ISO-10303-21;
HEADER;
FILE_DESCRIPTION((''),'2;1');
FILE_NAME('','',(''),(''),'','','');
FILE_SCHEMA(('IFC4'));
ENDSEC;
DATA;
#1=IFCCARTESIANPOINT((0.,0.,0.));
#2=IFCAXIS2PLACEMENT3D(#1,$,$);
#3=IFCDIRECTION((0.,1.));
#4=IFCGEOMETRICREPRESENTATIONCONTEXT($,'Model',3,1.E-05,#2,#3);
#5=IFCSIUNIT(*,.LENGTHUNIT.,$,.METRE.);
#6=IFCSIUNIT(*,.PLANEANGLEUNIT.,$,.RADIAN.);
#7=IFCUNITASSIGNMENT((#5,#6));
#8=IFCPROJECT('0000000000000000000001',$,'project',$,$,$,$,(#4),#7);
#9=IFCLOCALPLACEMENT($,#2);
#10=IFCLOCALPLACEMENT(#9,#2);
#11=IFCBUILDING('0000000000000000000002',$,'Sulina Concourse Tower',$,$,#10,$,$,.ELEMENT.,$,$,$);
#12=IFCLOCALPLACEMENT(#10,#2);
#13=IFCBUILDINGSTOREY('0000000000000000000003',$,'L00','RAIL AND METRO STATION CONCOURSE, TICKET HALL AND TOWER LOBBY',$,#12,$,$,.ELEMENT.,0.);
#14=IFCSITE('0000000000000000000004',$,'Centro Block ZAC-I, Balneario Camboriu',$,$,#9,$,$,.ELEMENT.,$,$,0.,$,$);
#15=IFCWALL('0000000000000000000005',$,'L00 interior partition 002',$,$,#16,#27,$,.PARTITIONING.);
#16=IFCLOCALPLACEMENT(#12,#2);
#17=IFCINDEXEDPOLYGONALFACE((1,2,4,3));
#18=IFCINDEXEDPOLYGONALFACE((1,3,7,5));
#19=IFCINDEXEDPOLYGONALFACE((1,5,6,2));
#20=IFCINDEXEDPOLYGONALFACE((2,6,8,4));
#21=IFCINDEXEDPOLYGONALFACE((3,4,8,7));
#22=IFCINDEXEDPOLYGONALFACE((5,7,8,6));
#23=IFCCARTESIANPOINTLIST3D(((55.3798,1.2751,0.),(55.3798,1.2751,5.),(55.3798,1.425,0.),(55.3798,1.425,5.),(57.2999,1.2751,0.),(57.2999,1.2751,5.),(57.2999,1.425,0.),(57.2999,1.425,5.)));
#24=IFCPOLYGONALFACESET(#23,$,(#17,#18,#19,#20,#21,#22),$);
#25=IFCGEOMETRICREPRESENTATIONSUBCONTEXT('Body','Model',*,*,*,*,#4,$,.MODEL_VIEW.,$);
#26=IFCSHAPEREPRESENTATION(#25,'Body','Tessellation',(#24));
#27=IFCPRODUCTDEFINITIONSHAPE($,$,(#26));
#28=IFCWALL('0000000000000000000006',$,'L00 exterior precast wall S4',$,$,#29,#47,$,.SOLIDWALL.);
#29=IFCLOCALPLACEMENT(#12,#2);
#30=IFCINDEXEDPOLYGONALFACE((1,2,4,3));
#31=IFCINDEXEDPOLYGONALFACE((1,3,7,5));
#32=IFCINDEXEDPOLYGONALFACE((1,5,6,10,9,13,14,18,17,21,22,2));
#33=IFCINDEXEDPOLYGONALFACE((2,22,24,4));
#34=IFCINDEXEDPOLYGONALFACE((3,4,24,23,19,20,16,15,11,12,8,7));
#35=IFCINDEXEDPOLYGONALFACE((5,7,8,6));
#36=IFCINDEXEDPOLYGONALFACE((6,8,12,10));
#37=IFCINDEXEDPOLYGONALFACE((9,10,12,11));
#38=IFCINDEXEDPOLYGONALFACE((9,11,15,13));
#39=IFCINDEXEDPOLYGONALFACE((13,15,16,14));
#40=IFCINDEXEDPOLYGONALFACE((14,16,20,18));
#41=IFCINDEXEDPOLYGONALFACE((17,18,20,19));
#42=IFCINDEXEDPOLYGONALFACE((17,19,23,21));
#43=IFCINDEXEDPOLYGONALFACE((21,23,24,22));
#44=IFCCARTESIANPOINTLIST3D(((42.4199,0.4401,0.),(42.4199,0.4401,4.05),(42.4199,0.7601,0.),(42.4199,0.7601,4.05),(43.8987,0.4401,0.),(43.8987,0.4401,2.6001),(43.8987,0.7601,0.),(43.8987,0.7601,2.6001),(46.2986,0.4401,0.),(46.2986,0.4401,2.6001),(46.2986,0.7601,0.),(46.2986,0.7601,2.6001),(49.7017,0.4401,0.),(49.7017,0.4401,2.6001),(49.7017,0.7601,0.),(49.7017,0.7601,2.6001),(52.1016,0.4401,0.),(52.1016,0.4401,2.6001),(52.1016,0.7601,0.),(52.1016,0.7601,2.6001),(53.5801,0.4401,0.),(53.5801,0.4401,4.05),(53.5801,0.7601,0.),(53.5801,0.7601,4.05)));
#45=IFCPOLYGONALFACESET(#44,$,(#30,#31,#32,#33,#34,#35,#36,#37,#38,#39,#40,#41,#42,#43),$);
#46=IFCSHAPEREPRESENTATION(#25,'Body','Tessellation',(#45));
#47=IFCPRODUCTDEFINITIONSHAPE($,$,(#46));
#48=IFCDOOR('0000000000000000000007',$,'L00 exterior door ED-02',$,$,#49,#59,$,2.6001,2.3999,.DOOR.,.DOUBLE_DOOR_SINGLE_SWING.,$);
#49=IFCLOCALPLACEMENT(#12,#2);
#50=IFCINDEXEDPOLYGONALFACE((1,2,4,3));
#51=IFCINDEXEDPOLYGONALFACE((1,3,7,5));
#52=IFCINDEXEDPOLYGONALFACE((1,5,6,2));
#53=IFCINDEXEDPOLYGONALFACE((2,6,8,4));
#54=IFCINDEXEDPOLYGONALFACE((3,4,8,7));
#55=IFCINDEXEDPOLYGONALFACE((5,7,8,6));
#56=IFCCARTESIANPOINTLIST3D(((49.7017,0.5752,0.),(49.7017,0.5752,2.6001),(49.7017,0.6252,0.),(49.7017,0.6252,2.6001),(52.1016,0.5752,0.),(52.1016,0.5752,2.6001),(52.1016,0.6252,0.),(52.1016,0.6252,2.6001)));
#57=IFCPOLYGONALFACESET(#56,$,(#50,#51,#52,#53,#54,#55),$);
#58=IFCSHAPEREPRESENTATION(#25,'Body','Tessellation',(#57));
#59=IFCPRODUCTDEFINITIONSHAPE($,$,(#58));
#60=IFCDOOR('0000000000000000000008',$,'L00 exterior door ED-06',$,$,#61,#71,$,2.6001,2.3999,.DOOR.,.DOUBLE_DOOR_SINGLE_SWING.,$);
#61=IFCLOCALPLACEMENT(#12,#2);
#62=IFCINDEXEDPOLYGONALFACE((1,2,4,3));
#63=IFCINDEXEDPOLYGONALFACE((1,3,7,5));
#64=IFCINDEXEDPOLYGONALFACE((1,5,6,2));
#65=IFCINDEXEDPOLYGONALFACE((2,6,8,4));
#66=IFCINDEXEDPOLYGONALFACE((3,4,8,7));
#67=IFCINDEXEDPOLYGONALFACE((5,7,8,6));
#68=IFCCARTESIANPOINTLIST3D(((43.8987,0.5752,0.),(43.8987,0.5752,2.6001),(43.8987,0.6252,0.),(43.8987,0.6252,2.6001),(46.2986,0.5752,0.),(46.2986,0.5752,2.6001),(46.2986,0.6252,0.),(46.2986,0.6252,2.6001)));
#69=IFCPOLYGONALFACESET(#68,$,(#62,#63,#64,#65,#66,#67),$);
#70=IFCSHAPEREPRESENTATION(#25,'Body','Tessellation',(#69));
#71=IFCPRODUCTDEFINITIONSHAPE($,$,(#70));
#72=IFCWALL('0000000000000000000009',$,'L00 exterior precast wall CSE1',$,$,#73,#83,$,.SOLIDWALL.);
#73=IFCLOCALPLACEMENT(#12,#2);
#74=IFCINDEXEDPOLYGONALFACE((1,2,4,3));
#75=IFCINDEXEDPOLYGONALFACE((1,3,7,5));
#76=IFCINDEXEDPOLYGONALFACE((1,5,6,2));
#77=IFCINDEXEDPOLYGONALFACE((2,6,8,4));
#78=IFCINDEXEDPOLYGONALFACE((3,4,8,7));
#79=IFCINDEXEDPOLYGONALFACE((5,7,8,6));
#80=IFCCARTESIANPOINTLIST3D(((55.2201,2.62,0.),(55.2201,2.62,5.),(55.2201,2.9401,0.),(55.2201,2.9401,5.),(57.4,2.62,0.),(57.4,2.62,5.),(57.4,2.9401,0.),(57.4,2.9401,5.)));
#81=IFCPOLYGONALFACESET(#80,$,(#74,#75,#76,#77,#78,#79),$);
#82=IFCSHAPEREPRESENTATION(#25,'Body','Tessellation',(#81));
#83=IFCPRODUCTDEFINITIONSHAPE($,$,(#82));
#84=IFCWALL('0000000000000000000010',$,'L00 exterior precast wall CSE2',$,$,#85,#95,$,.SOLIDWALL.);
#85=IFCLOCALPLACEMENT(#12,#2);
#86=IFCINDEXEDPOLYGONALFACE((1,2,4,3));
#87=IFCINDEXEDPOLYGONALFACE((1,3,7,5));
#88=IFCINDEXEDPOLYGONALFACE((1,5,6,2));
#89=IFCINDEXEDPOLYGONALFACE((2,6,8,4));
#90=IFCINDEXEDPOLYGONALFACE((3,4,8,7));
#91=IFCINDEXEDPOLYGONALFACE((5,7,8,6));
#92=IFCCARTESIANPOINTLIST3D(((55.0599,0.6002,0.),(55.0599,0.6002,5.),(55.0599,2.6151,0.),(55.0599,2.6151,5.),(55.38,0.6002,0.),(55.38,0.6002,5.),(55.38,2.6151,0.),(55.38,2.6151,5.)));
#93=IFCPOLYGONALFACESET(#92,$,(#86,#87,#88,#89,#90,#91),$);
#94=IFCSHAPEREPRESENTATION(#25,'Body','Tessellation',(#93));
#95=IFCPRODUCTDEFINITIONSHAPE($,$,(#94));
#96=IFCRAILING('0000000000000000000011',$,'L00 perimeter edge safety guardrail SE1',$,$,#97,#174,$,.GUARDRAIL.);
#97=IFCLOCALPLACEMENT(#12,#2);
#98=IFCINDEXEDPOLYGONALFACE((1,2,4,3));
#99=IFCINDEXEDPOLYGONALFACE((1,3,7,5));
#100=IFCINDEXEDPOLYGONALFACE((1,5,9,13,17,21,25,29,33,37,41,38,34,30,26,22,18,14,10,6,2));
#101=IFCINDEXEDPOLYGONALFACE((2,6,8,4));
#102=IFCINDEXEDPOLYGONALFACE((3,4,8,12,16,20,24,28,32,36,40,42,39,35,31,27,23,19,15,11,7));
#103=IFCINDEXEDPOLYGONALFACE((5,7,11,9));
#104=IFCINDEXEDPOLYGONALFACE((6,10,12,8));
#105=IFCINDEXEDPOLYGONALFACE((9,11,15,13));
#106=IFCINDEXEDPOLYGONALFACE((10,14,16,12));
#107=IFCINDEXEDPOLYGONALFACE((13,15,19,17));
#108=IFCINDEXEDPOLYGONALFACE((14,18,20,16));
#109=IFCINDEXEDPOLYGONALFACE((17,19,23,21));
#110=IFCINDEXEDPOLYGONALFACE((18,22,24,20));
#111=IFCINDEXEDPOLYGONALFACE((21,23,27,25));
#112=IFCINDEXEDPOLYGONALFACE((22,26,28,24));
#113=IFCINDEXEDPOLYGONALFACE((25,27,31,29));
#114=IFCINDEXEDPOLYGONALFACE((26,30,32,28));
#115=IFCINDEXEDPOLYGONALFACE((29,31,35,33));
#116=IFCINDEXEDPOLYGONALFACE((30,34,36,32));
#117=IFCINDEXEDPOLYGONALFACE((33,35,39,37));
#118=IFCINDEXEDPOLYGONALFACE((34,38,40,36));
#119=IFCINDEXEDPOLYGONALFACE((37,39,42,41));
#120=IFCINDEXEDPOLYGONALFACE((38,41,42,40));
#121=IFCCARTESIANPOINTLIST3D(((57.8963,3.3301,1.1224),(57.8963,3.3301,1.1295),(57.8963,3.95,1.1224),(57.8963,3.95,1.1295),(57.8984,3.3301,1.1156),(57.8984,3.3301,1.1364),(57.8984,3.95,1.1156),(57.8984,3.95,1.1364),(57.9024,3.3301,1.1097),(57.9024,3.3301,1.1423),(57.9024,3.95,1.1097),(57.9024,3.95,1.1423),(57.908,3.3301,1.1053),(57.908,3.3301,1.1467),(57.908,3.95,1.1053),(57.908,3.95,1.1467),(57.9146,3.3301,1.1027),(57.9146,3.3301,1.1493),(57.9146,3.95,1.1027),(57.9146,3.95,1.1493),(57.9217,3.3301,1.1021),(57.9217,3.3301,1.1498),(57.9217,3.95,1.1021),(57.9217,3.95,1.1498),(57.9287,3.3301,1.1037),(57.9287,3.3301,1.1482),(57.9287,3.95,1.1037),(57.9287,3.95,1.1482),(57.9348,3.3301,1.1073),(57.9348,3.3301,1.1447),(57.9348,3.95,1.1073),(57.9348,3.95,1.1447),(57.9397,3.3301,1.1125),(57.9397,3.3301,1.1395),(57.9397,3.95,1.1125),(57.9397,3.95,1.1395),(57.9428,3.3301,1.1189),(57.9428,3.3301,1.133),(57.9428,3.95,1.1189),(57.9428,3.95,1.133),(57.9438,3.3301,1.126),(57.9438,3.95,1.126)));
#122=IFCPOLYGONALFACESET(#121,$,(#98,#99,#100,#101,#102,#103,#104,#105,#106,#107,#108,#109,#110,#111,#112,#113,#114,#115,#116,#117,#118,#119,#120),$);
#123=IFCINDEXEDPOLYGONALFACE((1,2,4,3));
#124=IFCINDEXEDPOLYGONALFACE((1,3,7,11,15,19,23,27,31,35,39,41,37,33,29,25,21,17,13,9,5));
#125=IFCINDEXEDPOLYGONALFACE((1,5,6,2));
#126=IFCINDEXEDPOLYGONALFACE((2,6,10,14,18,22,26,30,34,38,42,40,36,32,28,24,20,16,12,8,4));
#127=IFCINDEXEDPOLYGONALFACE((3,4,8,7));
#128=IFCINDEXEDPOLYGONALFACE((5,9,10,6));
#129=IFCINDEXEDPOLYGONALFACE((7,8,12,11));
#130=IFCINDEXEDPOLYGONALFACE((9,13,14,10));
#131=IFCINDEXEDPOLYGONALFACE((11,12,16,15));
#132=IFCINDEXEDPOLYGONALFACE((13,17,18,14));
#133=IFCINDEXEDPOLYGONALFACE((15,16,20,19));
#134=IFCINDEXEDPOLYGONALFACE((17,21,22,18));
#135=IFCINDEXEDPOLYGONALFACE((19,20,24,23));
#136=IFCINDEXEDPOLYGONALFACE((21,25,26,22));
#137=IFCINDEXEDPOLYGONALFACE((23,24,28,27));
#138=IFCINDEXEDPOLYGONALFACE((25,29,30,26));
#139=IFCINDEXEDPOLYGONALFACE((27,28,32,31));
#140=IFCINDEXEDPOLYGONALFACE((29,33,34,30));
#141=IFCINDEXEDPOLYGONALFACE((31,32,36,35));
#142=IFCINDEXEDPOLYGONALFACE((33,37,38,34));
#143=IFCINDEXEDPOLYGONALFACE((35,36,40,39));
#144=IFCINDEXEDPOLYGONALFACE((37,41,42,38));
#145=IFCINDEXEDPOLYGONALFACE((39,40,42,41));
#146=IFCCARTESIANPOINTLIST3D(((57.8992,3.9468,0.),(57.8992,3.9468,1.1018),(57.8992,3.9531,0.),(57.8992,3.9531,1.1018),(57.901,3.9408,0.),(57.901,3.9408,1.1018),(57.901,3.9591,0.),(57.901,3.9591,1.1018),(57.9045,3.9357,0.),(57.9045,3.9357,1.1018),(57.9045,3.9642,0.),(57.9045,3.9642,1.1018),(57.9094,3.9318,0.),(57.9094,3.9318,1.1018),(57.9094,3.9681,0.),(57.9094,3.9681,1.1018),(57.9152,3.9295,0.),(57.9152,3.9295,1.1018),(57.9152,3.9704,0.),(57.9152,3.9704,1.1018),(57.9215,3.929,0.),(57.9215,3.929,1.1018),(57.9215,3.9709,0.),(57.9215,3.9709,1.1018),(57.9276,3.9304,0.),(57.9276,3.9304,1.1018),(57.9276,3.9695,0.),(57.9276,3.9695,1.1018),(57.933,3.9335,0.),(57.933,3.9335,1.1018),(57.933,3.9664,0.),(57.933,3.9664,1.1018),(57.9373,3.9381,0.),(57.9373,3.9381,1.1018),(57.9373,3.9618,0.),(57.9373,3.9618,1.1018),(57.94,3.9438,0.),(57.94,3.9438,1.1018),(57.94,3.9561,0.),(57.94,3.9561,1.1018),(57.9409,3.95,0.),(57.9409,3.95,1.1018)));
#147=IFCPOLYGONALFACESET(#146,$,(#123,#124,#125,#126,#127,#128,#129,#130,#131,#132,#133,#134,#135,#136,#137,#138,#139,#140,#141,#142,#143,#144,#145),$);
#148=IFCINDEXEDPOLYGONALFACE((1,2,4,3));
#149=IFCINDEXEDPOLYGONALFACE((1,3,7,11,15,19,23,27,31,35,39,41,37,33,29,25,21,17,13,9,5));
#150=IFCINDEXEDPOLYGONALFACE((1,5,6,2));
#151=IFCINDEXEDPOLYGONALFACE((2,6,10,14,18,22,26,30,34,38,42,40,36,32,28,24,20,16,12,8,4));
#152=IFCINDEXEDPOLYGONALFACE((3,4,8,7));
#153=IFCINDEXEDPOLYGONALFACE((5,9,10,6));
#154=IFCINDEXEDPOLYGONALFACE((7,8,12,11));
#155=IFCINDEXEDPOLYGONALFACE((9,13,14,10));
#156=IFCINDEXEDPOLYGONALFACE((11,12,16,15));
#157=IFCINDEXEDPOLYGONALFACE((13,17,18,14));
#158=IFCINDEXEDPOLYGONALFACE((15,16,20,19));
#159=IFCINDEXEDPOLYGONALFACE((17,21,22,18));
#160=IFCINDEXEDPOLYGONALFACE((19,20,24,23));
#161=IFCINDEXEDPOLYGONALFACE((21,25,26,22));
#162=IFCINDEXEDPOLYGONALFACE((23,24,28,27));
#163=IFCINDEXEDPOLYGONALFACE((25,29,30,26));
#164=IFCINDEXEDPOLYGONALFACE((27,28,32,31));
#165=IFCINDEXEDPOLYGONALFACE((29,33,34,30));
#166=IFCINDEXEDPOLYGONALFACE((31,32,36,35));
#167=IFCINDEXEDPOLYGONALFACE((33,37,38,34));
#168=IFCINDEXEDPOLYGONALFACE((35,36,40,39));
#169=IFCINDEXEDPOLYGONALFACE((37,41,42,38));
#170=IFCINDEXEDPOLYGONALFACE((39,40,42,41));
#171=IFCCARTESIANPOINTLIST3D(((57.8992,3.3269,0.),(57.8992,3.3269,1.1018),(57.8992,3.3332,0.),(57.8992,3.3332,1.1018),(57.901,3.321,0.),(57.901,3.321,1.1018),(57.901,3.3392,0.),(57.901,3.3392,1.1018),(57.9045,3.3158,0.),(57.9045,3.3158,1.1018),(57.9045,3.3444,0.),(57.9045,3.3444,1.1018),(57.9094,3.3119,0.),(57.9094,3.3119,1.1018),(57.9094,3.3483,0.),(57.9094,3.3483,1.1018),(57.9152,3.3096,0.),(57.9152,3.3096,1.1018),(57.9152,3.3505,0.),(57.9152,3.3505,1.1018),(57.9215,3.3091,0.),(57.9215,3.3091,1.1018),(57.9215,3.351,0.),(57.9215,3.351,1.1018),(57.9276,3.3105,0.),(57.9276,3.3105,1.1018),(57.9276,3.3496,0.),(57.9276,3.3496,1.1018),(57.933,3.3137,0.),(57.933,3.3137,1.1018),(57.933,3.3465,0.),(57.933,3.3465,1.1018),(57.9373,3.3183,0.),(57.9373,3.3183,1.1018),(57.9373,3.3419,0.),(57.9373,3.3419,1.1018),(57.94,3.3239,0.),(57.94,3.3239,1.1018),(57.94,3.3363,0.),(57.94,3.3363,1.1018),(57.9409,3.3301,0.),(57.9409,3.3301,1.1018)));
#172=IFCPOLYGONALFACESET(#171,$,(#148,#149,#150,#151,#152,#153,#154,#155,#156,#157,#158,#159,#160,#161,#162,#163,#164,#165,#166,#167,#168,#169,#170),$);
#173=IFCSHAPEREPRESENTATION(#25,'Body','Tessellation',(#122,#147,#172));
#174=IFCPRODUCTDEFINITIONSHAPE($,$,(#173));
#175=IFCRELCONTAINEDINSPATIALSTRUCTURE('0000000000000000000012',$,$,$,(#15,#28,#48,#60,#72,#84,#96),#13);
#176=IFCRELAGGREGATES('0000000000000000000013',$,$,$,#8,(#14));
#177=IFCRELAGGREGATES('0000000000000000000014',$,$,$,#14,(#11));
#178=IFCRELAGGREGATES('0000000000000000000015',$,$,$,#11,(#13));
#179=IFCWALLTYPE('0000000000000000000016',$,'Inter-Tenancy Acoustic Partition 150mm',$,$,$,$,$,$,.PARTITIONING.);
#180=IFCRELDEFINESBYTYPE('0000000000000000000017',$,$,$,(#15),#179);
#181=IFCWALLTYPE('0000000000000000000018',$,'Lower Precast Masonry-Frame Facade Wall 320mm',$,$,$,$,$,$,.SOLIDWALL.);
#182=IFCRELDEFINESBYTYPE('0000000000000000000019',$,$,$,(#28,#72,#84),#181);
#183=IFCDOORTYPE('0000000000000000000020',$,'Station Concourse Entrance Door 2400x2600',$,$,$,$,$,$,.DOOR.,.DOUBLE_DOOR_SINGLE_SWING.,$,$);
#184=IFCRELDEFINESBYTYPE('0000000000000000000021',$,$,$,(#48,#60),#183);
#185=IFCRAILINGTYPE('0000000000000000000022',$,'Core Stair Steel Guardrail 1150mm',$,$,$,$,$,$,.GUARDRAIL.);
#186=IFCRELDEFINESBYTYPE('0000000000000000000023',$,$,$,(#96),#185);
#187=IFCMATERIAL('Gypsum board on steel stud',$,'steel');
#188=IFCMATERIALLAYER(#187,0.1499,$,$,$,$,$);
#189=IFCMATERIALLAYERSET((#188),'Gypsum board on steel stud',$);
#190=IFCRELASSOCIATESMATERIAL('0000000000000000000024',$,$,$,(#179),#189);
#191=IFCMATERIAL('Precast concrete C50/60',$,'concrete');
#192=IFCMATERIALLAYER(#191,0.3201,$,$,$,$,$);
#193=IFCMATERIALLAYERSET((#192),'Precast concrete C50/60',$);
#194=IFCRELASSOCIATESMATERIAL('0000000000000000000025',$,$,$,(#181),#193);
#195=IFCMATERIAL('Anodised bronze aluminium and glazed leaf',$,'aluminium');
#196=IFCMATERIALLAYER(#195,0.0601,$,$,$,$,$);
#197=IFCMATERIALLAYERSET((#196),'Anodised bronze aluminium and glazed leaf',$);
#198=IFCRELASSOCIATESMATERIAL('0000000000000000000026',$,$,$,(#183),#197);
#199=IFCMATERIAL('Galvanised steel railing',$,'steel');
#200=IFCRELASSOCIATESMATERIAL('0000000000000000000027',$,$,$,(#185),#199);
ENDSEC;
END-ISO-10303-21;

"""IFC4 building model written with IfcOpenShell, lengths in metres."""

from ifc_helpers import new_model, si_unit, direction, frame, frame_2d, origin, origin_2d, place, context, subcontext, project, spatial, rectangle, circle, extrude, material, layer, layer_set, type_object, element, fill, save


model = new_model("IFC4")

# Units and contexts
model_context = context("Model", 3, precision=1e-05, world=origin(), true_north=direction((0.0, 1.0)))
body_context = subcontext(model_context, "Body", "Model", "MODEL_VIEW")
ifc_project = project(units=[si_unit("LENGTHUNIT", "METRE"), si_unit("PLANEANGLEUNIT", "RADIAN")], contexts=[model_context])

# Site, building, storey
site_placement = place(None, origin())
site = spatial("IfcSite", under=ifc_project, at=site_placement, Name="Centro Block ZAC-I, Balneario Camboriu", CompositionType="ELEMENT", RefElevation=0.0)
building_placement = place(site_placement, origin())
building = spatial("IfcBuilding", under=site, at=building_placement, Name="Sulina Concourse Tower", CompositionType="ELEMENT")
storey_placement = place(building_placement, origin())
storey = spatial("IfcBuildingStorey", under=building, at=storey_placement, Name="L00", Description="RAIL AND METRO STATION CONCOURSE, TICKET HALL AND TOWER LOBBY", CompositionType="ELEMENT", Elevation=0.0)

# Wall
ifc_material_1 = material(Name="Gypsum board on steel stud", Category="steel")
ifc_layer_1 = layer(ifc_material_1, 0.1499)
ifc_layer_set_1 = layer_set([ifc_layer_1], Name="Gypsum board on steel stud")
wall_type_1 = type_object("IfcWallType", Name="Inter-Tenancy Acoustic Partition 150mm", PredefinedType="PARTITIONING", material=ifc_layer_set_1)
wall_1_placement = place(storey_placement, frame((55.3799, 1.3501, 0.0), z_axis=(0.0, 0.0, 1.0), x_axis=(1.0, 0.0, 0.0)))
element("IfcWall", 1, at=wall_1_placement, inside=storey, type_object=wall_type_1, Name="L00 interior partition 002", PredefinedType="PARTITIONING", context=body_context, shape_type="SweptSolid", body=[
    extrude(rectangle(XDim=1.9202, YDim=0.1499, at=frame_2d((0.96, 0.0))), origin(), (0.0, 0.0, 1.0), 5.0),
])

# Wall, openings, doors
ifc_material_2 = material(Name="Precast concrete C50/60", Category="concrete")
ifc_layer_2 = layer(ifc_material_2, 0.3201)
ifc_layer_set_2 = layer_set([ifc_layer_2], Name="Precast concrete C50/60")
wall_type_2 = type_object("IfcWallType", Name="Lower Precast Masonry-Frame Facade Wall 320mm", PredefinedType="SOLIDWALL", material=ifc_layer_set_2)
wall_2_placement = place(storey_placement, frame((53.5801, 0.6001, 0.0), z_axis=(0.0, 0.0, 1.0), x_axis=(-1.0, 0.0, 0.0)))
wall_2 = element("IfcWall", 2, at=wall_2_placement, inside=storey, type_object=wall_type_2, Name="L00 exterior precast wall S4", PredefinedType="SOLIDWALL", context=body_context, shape_type="SweptSolid", body=[
    extrude(rectangle(XDim=11.1602, YDim=0.3201, at=frame_2d((5.5801, 0.0))), origin(), (0.0, 0.0, 1.0), 4.05),
])
opening_1_placement = place(wall_2_placement, frame((1.4785, 0.0, 0.0)))
opening_1 = element("IfcOpeningElement", 3, at=opening_1_placement, cuts=wall_2, PredefinedType="OPENING", context=body_context, shape_type="SweptSolid", body=[
    extrude(rectangle(XDim=2.3999, YDim=2.6001, at=frame_2d((1.2, 1.3))), frame((0.0, 0.1699, 0.0), z_axis=(0.0, -1.0, 0.0), x_axis=(1.0, 0.0, 0.0)), (0.0, 0.0, 1.0), 0.3401),
])
opening_2_placement = place(wall_2_placement, frame((7.2815, 0.0, 0.0)))
opening_2 = element("IfcOpeningElement", 4, at=opening_2_placement, cuts=wall_2, PredefinedType="OPENING", context=body_context, shape_type="SweptSolid", body=[
    extrude(rectangle(XDim=2.3999, YDim=2.6001, at=frame_2d((1.2, 1.3))), frame((0.0, 0.1699, 0.0), z_axis=(0.0, -1.0, 0.0), x_axis=(1.0, 0.0, 0.0)), (0.0, 0.0, 1.0), 0.3401),
])
ifc_material_3 = material(Name="Anodised bronze aluminium and glazed leaf", Category="aluminium")
ifc_layer_3 = layer(ifc_material_3, 0.0601)
ifc_layer_set_3 = layer_set([ifc_layer_3], Name="Anodised bronze aluminium and glazed leaf")
door_type = type_object("IfcDoorType", Name="Station Concourse Entrance Door 2400x2600", OperationType="DOUBLE_DOOR_SINGLE_SWING", PredefinedType="DOOR", material=ifc_layer_set_3)
door_1_placement = place(opening_1_placement, origin())
door_1 = element("IfcDoor", 5, at=door_1_placement, inside=storey, type_object=door_type, Name="L00 exterior door ED-02", OperationType="DOUBLE_DOOR_SINGLE_SWING", OverallHeight=2.6001, OverallWidth=2.3999, PredefinedType="DOOR", context=body_context, shape_type="SweptSolid", body=[
    extrude(rectangle(XDim=2.3999, YDim=2.6001, at=frame_2d((1.2, 1.3))), frame((0.0, 0.0249, 0.0), z_axis=(0.0, -1.0, 0.0), x_axis=(1.0, 0.0, 0.0)), (0.0, 0.0, 1.0), 0.05),
])
fill(opening_1, door_1)
door_2_placement = place(opening_2_placement, origin())
door_2 = element("IfcDoor", 6, at=door_2_placement, inside=storey, type_object=door_type, Name="L00 exterior door ED-06", OperationType="DOUBLE_DOOR_SINGLE_SWING", OverallHeight=2.6001, OverallWidth=2.3999, PredefinedType="DOOR", context=body_context, shape_type="SweptSolid", body=[
    extrude(rectangle(XDim=2.3999, YDim=2.6001, at=frame_2d((1.2, 1.3))), frame((0.0, 0.0249, 0.0), z_axis=(0.0, -1.0, 0.0), x_axis=(1.0, 0.0, 0.0)), (0.0, 0.0, 1.0), 0.05),
])
fill(opening_2, door_2)

# Walls
wall_3_placement = place(storey_placement, frame((57.3999, 2.78, 0.0), z_axis=(0.0, 0.0, 1.0), x_axis=(-1.0, 0.0, 0.0)))
element("IfcWall", 7, at=wall_3_placement, inside=storey, type_object=wall_type_2, Name="L00 exterior precast wall CSE1", PredefinedType="SOLIDWALL", context=body_context, shape_type="SweptSolid", body=[
    extrude(rectangle(XDim=2.1799, YDim=0.3201, at=frame_2d((1.0898, 0.0))), origin(), (0.0, 0.0, 1.0), 5.0),
])
wall_4_placement = place(storey_placement, frame((55.22, 2.615, 0.0), z_axis=(0.0, 0.0, 1.0), x_axis=(0.0, -1.0, 0.0)))
element("IfcWall", 8, at=wall_4_placement, inside=storey, type_object=wall_type_2, Name="L00 exterior precast wall CSE2", PredefinedType="SOLIDWALL", context=body_context, shape_type="SweptSolid", body=[
    extrude(rectangle(XDim=2.0149, YDim=0.3201, at=frame_2d((1.0073, 0.0))), origin(), (0.0, 0.0, 1.0), 5.0),
])

# Railing
ifc_material_4 = material(Name="Galvanised steel railing", Category="steel")
railing_type = type_object("IfcRailingType", Name="Core Stair Steel Guardrail 1150mm", PredefinedType="GUARDRAIL", material=ifc_material_4)
railing_1_placement = place(storey_placement, frame((57.9199, 3.95, 0.0)))
element("IfcRailing", 9, at=railing_1_placement, inside=storey, type_object=railing_type, Name="L00 perimeter edge safety guardrail SE1", PredefinedType="GUARDRAIL", context=body_context, shape_type="SweptSolid", body=[
    extrude(circle(Radius=0.0239, at=origin_2d()), frame((0.0, 0.0, 1.126), z_axis=(0.0, -1.0, 0.0), x_axis=(1.0, 0.0, 0.0)), (0.0, 0.0, 1.0), 0.6199),
    extrude(circle(Radius=0.021, at=origin_2d()), origin(), (0.0, 0.0, 1.0), 1.1018),
    extrude(circle(Radius=0.021, at=origin_2d()), frame((0.0, -0.6199, 0.0)), (0.0, 0.0, 1.0), 1.1018),
])

save(model, "model.ifc")
